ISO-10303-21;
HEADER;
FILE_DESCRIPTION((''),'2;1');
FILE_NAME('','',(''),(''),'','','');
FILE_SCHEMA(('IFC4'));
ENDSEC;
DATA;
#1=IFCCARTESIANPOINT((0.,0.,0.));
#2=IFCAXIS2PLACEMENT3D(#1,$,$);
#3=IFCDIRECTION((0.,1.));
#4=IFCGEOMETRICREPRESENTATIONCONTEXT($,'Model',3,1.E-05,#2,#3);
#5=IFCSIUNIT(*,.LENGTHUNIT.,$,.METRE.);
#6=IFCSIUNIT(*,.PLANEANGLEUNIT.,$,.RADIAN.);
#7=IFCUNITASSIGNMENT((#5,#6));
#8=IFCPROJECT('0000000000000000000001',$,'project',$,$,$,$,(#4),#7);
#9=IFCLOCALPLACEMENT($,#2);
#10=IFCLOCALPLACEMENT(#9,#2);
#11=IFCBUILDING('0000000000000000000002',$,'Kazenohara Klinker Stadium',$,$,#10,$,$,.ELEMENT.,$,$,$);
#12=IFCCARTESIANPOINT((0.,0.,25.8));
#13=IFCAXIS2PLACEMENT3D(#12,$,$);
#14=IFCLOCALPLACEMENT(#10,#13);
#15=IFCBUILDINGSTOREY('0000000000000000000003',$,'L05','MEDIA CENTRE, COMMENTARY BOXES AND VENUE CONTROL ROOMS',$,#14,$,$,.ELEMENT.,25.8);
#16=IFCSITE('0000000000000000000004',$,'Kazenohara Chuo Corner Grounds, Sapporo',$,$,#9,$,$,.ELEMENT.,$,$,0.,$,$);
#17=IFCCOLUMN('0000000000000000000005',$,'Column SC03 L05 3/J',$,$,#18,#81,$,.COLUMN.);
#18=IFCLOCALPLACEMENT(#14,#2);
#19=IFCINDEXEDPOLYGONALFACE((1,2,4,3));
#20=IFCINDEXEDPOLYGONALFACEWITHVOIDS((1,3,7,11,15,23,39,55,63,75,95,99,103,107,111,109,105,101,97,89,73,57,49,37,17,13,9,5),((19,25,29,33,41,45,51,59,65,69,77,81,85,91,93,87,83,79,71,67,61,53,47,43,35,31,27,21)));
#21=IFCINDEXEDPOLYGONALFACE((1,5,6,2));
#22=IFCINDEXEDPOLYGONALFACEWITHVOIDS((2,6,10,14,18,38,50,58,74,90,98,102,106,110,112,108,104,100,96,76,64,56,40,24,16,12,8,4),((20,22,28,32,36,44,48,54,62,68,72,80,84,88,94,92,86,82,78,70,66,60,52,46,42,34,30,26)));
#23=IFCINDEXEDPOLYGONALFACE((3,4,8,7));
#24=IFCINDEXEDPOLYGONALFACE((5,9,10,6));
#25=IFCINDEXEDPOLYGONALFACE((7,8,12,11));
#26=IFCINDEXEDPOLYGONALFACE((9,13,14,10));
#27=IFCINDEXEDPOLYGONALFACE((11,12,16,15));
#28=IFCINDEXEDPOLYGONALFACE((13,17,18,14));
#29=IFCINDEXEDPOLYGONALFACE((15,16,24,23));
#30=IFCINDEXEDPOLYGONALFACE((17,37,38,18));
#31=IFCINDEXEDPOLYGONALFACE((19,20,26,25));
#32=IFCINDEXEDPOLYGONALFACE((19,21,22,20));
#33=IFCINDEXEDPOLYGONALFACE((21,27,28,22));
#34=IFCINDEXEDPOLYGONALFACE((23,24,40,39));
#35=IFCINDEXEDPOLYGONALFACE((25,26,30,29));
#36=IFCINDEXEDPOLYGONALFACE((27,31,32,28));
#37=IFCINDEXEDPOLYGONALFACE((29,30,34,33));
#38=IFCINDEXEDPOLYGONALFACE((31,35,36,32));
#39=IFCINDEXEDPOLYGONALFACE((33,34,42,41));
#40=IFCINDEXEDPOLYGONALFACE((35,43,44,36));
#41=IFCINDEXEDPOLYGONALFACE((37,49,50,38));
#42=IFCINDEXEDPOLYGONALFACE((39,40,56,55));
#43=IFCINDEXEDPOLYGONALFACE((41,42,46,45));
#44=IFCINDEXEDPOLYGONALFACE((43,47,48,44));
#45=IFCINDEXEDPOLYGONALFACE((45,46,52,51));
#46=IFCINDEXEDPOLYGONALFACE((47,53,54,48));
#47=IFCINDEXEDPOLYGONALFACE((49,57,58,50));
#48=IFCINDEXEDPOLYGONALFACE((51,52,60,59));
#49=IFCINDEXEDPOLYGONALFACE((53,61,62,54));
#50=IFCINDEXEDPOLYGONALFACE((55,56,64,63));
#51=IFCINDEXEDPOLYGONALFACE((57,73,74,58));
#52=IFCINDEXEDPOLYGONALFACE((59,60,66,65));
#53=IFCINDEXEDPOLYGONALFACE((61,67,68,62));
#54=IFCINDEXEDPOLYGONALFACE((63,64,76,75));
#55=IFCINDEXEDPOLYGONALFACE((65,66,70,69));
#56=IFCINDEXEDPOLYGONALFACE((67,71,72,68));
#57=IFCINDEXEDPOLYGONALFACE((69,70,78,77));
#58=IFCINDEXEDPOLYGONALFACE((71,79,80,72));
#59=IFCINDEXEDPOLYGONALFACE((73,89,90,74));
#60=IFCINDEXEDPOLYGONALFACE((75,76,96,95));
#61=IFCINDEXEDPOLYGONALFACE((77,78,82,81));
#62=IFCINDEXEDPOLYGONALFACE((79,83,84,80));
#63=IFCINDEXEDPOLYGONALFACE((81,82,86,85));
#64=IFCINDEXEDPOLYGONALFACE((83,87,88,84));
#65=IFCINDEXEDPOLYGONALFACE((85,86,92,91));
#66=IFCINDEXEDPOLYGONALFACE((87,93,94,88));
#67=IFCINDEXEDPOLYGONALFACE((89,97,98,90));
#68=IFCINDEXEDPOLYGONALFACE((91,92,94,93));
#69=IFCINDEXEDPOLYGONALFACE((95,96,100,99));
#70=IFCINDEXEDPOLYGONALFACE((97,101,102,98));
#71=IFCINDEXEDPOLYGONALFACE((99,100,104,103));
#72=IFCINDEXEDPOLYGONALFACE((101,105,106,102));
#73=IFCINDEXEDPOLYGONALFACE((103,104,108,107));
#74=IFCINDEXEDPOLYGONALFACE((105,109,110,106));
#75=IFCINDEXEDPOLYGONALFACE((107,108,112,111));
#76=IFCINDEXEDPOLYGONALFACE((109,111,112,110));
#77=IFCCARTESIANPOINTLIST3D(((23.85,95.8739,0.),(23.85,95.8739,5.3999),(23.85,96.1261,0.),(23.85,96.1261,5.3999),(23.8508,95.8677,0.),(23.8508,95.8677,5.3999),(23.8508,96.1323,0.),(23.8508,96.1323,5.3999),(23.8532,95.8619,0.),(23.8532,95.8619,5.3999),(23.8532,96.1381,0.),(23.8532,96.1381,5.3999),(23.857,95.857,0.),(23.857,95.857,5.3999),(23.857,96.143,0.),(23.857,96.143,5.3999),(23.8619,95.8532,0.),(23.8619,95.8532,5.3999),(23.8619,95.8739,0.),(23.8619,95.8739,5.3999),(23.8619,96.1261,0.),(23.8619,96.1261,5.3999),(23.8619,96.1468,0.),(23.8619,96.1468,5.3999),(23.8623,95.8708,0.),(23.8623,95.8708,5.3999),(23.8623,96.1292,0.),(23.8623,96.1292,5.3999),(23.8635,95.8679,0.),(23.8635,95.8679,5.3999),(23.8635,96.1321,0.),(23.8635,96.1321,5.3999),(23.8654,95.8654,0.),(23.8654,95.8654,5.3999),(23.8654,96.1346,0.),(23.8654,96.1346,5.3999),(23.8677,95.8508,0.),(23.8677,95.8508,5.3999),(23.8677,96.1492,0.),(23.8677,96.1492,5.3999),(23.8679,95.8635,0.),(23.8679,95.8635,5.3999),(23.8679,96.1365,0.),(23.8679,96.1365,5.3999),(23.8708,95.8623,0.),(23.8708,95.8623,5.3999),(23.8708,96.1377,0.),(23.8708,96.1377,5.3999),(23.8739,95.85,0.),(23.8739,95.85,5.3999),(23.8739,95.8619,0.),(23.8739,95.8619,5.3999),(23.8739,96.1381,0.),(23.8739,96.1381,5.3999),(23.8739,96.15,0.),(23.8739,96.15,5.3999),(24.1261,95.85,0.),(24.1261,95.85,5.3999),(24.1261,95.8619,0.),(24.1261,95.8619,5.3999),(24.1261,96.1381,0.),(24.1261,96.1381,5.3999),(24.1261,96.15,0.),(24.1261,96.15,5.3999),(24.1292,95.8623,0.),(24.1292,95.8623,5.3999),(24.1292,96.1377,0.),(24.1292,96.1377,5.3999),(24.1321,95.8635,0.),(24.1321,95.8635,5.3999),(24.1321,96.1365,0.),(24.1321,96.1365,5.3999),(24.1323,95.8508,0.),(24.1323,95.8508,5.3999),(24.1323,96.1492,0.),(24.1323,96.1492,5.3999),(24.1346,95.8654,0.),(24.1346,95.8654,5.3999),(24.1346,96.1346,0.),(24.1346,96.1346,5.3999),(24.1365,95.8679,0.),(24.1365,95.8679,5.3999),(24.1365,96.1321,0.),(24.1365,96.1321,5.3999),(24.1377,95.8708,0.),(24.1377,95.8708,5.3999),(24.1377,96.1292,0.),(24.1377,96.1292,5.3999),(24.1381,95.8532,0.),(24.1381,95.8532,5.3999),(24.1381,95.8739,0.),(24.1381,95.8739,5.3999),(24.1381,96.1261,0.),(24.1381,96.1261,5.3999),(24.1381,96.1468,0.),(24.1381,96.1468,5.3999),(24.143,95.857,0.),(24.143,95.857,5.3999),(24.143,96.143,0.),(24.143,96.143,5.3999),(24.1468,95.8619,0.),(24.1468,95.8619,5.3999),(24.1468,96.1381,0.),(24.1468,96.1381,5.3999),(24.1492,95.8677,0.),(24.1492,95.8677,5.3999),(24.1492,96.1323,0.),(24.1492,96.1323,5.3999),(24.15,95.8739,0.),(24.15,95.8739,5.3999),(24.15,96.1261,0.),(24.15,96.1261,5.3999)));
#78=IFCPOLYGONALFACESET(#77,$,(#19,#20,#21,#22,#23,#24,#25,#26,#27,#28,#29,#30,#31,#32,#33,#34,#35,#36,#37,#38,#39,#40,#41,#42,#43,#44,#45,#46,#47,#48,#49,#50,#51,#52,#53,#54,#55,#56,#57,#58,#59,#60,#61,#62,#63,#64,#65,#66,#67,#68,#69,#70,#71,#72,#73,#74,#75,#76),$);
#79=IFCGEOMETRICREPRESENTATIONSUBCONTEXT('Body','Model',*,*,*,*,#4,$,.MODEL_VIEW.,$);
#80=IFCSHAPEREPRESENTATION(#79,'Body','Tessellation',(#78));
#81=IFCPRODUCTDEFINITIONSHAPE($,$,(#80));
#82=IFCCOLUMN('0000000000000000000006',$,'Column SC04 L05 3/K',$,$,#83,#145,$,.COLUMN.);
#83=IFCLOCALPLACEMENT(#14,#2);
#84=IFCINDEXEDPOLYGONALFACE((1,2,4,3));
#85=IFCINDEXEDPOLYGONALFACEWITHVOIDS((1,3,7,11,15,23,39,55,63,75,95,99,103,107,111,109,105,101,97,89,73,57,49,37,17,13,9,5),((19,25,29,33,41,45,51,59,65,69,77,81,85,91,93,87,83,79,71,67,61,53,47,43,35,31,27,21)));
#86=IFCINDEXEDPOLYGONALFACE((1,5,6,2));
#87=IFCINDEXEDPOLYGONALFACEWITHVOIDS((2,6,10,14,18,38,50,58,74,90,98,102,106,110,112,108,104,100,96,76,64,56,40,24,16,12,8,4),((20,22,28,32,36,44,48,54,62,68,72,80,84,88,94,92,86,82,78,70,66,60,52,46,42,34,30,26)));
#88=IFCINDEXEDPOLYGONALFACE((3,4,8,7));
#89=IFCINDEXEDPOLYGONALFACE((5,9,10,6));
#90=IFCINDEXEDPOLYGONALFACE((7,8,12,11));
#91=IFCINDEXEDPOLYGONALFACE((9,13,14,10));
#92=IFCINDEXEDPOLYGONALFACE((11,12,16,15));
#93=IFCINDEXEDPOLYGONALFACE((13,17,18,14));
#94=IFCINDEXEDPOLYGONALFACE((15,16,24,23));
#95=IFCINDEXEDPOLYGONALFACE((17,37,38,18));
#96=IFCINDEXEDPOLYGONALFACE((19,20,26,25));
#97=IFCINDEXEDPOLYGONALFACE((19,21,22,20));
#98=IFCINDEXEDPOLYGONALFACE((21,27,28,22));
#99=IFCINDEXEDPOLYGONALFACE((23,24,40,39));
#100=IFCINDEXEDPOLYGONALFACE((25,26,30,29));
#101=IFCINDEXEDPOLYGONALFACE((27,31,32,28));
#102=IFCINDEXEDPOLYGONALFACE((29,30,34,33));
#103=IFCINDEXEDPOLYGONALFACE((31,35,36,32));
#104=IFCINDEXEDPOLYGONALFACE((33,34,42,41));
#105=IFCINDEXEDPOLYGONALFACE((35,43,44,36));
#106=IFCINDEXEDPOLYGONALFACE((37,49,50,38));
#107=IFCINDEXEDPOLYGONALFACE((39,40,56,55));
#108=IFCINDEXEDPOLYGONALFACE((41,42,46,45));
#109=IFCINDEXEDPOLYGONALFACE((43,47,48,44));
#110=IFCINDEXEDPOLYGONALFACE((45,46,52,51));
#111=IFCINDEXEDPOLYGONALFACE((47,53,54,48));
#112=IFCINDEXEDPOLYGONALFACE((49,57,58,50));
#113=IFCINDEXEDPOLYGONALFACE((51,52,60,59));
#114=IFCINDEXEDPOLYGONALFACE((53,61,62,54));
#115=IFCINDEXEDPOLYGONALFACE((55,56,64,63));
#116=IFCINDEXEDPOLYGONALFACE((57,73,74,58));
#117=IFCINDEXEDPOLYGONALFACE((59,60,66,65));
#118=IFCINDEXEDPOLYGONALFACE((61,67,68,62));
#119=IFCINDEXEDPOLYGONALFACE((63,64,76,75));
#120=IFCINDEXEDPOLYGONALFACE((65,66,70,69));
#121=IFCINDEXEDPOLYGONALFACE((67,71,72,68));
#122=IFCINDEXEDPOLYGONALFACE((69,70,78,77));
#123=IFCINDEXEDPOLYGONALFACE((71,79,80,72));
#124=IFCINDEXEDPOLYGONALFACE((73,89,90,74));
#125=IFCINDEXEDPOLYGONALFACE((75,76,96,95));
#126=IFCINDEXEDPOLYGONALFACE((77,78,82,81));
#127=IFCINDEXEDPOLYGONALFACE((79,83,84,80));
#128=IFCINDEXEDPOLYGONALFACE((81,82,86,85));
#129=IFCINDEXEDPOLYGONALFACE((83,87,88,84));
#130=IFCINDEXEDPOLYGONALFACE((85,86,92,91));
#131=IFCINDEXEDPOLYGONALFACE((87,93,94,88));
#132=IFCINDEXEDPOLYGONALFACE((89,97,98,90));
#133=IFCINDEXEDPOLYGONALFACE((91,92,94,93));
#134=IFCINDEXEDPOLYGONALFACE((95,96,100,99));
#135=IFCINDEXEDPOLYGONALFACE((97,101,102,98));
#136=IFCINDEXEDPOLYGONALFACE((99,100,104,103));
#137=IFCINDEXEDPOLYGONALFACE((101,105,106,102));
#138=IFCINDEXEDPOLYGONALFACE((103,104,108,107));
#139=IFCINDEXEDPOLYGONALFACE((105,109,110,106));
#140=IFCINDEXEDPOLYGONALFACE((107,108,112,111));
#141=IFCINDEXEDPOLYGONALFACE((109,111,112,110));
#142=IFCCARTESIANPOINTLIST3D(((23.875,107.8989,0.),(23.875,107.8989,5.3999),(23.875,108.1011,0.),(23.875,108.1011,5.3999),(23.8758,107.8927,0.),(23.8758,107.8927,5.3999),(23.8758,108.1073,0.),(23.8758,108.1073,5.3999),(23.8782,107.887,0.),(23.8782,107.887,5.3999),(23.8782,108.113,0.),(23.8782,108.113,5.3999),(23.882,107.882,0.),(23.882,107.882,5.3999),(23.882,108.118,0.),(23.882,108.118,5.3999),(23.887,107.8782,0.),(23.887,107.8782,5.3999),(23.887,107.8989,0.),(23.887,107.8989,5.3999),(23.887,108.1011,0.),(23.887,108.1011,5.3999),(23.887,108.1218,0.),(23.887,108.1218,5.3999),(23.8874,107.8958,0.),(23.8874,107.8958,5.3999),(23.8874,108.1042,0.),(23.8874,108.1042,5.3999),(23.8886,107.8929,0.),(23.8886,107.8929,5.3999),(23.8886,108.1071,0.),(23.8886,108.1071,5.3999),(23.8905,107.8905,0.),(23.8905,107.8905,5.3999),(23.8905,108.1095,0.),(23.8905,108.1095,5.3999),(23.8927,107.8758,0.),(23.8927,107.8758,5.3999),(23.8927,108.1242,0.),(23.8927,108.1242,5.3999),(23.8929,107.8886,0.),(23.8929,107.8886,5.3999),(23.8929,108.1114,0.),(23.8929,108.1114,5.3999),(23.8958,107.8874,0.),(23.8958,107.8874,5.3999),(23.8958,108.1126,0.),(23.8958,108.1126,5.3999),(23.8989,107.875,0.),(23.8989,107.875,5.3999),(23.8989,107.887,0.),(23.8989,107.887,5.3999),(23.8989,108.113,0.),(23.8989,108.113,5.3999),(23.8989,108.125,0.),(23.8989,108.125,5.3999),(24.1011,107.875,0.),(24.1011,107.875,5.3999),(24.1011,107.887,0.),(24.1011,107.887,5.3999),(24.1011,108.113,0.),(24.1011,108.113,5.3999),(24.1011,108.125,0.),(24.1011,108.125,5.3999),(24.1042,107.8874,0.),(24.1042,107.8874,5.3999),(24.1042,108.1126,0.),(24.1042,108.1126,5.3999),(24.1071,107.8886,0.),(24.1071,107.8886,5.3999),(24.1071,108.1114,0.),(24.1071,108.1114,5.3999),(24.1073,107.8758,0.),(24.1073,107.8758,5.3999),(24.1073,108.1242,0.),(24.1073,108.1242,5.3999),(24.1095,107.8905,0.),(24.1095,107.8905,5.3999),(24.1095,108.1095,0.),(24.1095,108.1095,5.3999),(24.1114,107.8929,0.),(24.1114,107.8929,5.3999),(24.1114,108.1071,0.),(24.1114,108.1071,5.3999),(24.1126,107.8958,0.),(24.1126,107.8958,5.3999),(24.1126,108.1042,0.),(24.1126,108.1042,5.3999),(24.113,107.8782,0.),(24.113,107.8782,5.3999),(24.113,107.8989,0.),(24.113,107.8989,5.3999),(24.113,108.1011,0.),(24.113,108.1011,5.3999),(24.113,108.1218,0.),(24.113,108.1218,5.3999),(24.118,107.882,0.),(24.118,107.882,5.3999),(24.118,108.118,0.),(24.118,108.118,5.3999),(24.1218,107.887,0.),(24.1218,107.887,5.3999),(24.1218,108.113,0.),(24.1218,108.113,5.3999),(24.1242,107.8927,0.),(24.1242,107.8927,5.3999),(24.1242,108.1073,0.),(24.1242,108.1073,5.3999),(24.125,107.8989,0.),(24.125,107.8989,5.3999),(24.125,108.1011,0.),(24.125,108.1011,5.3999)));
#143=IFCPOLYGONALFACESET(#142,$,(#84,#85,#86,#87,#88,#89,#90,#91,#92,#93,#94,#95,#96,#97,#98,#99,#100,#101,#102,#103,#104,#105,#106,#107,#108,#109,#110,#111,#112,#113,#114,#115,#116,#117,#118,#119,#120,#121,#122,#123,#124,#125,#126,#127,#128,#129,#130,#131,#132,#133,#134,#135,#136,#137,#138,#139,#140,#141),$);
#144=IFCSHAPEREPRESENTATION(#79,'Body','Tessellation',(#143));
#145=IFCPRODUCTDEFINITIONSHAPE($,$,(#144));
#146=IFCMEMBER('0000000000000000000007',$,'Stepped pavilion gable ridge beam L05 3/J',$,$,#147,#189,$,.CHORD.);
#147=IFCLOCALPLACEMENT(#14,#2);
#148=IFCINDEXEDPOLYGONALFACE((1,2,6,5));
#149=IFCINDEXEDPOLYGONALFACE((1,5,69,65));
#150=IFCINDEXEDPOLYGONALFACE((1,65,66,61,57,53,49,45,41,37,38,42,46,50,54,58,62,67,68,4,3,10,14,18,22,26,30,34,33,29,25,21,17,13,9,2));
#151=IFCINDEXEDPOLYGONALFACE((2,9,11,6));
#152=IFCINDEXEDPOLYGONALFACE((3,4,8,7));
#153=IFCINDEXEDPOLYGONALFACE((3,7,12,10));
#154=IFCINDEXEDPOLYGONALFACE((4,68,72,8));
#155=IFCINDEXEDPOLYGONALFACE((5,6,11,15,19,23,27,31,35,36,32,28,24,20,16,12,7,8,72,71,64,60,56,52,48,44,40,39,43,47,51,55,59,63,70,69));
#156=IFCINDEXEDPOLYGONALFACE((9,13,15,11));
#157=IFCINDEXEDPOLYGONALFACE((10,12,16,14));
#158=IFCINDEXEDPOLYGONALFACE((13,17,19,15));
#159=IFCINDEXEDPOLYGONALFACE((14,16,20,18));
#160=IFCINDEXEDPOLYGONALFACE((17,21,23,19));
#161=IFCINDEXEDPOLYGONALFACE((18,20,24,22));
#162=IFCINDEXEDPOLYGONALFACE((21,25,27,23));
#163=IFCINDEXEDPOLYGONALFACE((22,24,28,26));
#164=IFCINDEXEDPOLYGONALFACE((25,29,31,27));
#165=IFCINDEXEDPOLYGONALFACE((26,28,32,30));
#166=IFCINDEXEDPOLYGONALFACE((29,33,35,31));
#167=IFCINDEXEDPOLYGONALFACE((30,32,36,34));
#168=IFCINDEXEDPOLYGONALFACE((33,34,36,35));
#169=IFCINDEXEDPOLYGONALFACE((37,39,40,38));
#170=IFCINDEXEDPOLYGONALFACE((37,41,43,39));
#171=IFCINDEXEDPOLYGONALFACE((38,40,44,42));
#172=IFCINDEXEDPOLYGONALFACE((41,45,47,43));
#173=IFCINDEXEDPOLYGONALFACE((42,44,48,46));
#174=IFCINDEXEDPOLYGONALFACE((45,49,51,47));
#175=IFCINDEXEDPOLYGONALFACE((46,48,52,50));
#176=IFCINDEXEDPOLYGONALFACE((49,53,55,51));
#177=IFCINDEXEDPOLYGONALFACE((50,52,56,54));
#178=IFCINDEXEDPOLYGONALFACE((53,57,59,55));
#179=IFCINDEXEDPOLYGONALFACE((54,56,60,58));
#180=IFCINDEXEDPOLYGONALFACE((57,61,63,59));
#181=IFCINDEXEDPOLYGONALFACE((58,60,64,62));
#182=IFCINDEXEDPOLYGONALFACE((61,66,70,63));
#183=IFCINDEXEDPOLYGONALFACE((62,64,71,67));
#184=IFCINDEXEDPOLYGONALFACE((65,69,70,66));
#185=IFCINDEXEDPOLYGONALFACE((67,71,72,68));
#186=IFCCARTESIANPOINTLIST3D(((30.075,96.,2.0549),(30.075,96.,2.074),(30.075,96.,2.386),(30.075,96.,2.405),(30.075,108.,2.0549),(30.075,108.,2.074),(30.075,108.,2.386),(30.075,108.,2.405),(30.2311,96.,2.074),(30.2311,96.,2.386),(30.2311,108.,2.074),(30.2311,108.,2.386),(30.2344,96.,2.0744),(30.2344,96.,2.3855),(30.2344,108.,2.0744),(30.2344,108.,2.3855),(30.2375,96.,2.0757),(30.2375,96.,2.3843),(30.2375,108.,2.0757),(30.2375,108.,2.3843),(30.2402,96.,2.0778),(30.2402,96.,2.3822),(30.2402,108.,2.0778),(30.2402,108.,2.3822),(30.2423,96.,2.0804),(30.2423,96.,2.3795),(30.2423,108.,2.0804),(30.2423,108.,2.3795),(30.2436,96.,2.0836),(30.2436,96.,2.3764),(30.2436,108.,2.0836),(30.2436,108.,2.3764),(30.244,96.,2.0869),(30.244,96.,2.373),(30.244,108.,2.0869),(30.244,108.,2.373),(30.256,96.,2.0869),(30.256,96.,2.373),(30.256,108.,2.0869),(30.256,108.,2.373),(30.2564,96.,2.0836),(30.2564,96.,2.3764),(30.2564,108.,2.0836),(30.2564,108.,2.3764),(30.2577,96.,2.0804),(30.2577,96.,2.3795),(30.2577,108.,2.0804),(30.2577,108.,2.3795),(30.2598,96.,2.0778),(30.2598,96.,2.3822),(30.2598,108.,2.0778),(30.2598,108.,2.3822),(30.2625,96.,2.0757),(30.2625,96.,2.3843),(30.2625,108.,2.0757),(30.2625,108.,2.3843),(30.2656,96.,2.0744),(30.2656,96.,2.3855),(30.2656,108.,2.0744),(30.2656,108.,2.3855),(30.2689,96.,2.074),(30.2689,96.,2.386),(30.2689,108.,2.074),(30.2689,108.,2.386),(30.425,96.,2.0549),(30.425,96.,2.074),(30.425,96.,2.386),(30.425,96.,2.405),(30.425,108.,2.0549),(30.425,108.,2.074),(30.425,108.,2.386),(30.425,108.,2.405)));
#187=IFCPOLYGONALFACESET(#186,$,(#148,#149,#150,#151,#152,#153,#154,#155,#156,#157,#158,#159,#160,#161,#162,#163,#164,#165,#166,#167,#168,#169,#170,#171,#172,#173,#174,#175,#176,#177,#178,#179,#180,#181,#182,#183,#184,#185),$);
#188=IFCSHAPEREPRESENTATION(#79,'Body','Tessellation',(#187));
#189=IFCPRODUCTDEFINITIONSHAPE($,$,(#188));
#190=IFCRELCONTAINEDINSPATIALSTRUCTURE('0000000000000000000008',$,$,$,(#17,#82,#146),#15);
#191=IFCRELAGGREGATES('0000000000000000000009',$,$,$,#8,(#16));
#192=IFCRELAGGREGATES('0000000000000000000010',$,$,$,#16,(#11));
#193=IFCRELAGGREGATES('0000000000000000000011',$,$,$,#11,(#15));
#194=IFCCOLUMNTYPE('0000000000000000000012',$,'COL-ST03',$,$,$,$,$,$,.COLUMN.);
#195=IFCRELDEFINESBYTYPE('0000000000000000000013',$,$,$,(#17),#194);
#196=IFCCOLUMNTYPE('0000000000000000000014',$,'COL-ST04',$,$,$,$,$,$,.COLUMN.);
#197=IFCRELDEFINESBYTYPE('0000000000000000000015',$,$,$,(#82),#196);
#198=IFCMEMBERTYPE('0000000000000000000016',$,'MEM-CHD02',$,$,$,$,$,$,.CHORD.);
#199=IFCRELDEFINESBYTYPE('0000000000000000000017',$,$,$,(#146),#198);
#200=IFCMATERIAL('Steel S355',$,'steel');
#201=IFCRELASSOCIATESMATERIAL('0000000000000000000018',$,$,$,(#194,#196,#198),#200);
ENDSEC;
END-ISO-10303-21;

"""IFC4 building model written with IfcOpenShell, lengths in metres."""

from ifc_helpers import new_model, si_unit, direction, frame, origin, origin_2d, place, context, subcontext, project, spatial, hollow_rectangle, i_section, extrude, material, material_profile, profile_set, type_object, element, save


model = new_model("IFC4")

# Units and contexts
model_context = context("Model", 3, precision=1e-05, world=origin(), true_north=direction((0.0, 1.0)))
body_context = subcontext(model_context, "Body", "Model", "MODEL_VIEW")
ifc_project = project(units=[si_unit("LENGTHUNIT", "METRE"), si_unit("PLANEANGLEUNIT", "RADIAN")], contexts=[model_context])

# Site, building, storey
site_placement = place(None, origin())
site = spatial("IfcSite", under=ifc_project, at=site_placement, Name="Kazenohara Chuo Corner Grounds, Sapporo", CompositionType="ELEMENT", RefElevation=0.0)
building_placement = place(site_placement, origin())
building = spatial("IfcBuilding", under=site, at=building_placement, Name="Kazenohara Klinker Stadium", CompositionType="ELEMENT")
storey_placement = place(building_placement, frame((0.0, 0.0, 25.8)))
storey = spatial("IfcBuildingStorey", under=building, at=storey_placement, Name="L05", Description="MEDIA CENTRE, COMMENTARY BOXES AND VENUE CONTROL ROOMS", CompositionType="ELEMENT", Elevation=25.8)

# Columns
ifc_material_1 = material(Name="Steel S355", Category="steel")
ifc_material_profile_1 = material_profile(ifc_material_1, hollow_rectangle(XDim=0.3, YDim=0.3, WallThickness=0.012, InnerFilletRadius=0.012, OuterFilletRadius=0.0239, at=origin_2d()), Name="SHS-300x300x12")
ifc_profile_set_1 = profile_set([ifc_material_profile_1], Name="Steel S355")
column_type_1 = type_object("IfcColumnType", Name="COL-ST03", PredefinedType="COLUMN", material=ifc_profile_set_1)
column_1_placement = place(storey_placement, frame((24.0, 96.0, 0.0), z_axis=(0.0, 0.0, 1.0), x_axis=(1.0, 0.0, 0.0)))
element("IfcColumn", 1, at=column_1_placement, inside=storey, type_object=column_type_1, Name="Column SC03 L05 3/J", PredefinedType="COLUMN", context=body_context, shape_type="SweptSolid", body=[
    extrude(hollow_rectangle(XDim=0.3, YDim=0.3, WallThickness=0.012, InnerFilletRadius=0.012, OuterFilletRadius=0.0239, at=origin_2d()), origin(), (0.0, 0.0, 1.0), 5.3999),
])
ifc_material_profile_2 = material_profile(ifc_material_1, hollow_rectangle(XDim=0.25, YDim=0.25, WallThickness=0.012, InnerFilletRadius=0.012, OuterFilletRadius=0.0239, at=origin_2d()), Name="SHS-250x250x12")
ifc_profile_set_2 = profile_set([ifc_material_profile_2], Name="Steel S355")
column_type_2 = type_object("IfcColumnType", Name="COL-ST04", PredefinedType="COLUMN", material=ifc_profile_set_2)
column_2_placement = place(storey_placement, frame((24.0, 108.0, 0.0), z_axis=(0.0, 0.0, 1.0), x_axis=(1.0, 0.0, 0.0)))
element("IfcColumn", 2, at=column_2_placement, inside=storey, type_object=column_type_2, Name="Column SC04 L05 3/K", PredefinedType="COLUMN", context=body_context, shape_type="SweptSolid", body=[
    extrude(hollow_rectangle(XDim=0.25, YDim=0.25, WallThickness=0.012, InnerFilletRadius=0.012, OuterFilletRadius=0.0239, at=origin_2d()), origin(), (0.0, 0.0, 1.0), 5.3999),
])

# Member
ifc_material_profile_3 = material_profile(ifc_material_1, i_section(OverallWidth=0.3501, OverallDepth=0.3501, WebThickness=0.012, FlangeThickness=0.019, FilletRadius=0.0129, at=origin_2d()), Name="H-350x350x12x19")
ifc_profile_set_3 = profile_set([ifc_material_profile_3], Name="Steel S355")
member_type_1 = type_object("IfcMemberType", Name="MEM-CHD02", PredefinedType="CHORD", material=ifc_profile_set_3)
member_1_placement = place(storey_placement, frame((30.25, 96.0, 2.23), z_axis=(0.0, 1.0, 0.0), x_axis=(-1.0, 0.0, 0.0)))
element("IfcMember", 3, at=member_1_placement, inside=storey, type_object=member_type_1, Name="Stepped pavilion gable ridge beam L05 3/J", PredefinedType="CHORD", context=body_context, shape_type="SweptSolid", body=[
    extrude(i_section(OverallWidth=0.3501, OverallDepth=0.3501, WebThickness=0.012, FlangeThickness=0.019, FilletRadius=0.0129, at=origin_2d()), origin(), (0.0, 0.0, 1.0), 12.0),
])

save(model, "model.ifc")
